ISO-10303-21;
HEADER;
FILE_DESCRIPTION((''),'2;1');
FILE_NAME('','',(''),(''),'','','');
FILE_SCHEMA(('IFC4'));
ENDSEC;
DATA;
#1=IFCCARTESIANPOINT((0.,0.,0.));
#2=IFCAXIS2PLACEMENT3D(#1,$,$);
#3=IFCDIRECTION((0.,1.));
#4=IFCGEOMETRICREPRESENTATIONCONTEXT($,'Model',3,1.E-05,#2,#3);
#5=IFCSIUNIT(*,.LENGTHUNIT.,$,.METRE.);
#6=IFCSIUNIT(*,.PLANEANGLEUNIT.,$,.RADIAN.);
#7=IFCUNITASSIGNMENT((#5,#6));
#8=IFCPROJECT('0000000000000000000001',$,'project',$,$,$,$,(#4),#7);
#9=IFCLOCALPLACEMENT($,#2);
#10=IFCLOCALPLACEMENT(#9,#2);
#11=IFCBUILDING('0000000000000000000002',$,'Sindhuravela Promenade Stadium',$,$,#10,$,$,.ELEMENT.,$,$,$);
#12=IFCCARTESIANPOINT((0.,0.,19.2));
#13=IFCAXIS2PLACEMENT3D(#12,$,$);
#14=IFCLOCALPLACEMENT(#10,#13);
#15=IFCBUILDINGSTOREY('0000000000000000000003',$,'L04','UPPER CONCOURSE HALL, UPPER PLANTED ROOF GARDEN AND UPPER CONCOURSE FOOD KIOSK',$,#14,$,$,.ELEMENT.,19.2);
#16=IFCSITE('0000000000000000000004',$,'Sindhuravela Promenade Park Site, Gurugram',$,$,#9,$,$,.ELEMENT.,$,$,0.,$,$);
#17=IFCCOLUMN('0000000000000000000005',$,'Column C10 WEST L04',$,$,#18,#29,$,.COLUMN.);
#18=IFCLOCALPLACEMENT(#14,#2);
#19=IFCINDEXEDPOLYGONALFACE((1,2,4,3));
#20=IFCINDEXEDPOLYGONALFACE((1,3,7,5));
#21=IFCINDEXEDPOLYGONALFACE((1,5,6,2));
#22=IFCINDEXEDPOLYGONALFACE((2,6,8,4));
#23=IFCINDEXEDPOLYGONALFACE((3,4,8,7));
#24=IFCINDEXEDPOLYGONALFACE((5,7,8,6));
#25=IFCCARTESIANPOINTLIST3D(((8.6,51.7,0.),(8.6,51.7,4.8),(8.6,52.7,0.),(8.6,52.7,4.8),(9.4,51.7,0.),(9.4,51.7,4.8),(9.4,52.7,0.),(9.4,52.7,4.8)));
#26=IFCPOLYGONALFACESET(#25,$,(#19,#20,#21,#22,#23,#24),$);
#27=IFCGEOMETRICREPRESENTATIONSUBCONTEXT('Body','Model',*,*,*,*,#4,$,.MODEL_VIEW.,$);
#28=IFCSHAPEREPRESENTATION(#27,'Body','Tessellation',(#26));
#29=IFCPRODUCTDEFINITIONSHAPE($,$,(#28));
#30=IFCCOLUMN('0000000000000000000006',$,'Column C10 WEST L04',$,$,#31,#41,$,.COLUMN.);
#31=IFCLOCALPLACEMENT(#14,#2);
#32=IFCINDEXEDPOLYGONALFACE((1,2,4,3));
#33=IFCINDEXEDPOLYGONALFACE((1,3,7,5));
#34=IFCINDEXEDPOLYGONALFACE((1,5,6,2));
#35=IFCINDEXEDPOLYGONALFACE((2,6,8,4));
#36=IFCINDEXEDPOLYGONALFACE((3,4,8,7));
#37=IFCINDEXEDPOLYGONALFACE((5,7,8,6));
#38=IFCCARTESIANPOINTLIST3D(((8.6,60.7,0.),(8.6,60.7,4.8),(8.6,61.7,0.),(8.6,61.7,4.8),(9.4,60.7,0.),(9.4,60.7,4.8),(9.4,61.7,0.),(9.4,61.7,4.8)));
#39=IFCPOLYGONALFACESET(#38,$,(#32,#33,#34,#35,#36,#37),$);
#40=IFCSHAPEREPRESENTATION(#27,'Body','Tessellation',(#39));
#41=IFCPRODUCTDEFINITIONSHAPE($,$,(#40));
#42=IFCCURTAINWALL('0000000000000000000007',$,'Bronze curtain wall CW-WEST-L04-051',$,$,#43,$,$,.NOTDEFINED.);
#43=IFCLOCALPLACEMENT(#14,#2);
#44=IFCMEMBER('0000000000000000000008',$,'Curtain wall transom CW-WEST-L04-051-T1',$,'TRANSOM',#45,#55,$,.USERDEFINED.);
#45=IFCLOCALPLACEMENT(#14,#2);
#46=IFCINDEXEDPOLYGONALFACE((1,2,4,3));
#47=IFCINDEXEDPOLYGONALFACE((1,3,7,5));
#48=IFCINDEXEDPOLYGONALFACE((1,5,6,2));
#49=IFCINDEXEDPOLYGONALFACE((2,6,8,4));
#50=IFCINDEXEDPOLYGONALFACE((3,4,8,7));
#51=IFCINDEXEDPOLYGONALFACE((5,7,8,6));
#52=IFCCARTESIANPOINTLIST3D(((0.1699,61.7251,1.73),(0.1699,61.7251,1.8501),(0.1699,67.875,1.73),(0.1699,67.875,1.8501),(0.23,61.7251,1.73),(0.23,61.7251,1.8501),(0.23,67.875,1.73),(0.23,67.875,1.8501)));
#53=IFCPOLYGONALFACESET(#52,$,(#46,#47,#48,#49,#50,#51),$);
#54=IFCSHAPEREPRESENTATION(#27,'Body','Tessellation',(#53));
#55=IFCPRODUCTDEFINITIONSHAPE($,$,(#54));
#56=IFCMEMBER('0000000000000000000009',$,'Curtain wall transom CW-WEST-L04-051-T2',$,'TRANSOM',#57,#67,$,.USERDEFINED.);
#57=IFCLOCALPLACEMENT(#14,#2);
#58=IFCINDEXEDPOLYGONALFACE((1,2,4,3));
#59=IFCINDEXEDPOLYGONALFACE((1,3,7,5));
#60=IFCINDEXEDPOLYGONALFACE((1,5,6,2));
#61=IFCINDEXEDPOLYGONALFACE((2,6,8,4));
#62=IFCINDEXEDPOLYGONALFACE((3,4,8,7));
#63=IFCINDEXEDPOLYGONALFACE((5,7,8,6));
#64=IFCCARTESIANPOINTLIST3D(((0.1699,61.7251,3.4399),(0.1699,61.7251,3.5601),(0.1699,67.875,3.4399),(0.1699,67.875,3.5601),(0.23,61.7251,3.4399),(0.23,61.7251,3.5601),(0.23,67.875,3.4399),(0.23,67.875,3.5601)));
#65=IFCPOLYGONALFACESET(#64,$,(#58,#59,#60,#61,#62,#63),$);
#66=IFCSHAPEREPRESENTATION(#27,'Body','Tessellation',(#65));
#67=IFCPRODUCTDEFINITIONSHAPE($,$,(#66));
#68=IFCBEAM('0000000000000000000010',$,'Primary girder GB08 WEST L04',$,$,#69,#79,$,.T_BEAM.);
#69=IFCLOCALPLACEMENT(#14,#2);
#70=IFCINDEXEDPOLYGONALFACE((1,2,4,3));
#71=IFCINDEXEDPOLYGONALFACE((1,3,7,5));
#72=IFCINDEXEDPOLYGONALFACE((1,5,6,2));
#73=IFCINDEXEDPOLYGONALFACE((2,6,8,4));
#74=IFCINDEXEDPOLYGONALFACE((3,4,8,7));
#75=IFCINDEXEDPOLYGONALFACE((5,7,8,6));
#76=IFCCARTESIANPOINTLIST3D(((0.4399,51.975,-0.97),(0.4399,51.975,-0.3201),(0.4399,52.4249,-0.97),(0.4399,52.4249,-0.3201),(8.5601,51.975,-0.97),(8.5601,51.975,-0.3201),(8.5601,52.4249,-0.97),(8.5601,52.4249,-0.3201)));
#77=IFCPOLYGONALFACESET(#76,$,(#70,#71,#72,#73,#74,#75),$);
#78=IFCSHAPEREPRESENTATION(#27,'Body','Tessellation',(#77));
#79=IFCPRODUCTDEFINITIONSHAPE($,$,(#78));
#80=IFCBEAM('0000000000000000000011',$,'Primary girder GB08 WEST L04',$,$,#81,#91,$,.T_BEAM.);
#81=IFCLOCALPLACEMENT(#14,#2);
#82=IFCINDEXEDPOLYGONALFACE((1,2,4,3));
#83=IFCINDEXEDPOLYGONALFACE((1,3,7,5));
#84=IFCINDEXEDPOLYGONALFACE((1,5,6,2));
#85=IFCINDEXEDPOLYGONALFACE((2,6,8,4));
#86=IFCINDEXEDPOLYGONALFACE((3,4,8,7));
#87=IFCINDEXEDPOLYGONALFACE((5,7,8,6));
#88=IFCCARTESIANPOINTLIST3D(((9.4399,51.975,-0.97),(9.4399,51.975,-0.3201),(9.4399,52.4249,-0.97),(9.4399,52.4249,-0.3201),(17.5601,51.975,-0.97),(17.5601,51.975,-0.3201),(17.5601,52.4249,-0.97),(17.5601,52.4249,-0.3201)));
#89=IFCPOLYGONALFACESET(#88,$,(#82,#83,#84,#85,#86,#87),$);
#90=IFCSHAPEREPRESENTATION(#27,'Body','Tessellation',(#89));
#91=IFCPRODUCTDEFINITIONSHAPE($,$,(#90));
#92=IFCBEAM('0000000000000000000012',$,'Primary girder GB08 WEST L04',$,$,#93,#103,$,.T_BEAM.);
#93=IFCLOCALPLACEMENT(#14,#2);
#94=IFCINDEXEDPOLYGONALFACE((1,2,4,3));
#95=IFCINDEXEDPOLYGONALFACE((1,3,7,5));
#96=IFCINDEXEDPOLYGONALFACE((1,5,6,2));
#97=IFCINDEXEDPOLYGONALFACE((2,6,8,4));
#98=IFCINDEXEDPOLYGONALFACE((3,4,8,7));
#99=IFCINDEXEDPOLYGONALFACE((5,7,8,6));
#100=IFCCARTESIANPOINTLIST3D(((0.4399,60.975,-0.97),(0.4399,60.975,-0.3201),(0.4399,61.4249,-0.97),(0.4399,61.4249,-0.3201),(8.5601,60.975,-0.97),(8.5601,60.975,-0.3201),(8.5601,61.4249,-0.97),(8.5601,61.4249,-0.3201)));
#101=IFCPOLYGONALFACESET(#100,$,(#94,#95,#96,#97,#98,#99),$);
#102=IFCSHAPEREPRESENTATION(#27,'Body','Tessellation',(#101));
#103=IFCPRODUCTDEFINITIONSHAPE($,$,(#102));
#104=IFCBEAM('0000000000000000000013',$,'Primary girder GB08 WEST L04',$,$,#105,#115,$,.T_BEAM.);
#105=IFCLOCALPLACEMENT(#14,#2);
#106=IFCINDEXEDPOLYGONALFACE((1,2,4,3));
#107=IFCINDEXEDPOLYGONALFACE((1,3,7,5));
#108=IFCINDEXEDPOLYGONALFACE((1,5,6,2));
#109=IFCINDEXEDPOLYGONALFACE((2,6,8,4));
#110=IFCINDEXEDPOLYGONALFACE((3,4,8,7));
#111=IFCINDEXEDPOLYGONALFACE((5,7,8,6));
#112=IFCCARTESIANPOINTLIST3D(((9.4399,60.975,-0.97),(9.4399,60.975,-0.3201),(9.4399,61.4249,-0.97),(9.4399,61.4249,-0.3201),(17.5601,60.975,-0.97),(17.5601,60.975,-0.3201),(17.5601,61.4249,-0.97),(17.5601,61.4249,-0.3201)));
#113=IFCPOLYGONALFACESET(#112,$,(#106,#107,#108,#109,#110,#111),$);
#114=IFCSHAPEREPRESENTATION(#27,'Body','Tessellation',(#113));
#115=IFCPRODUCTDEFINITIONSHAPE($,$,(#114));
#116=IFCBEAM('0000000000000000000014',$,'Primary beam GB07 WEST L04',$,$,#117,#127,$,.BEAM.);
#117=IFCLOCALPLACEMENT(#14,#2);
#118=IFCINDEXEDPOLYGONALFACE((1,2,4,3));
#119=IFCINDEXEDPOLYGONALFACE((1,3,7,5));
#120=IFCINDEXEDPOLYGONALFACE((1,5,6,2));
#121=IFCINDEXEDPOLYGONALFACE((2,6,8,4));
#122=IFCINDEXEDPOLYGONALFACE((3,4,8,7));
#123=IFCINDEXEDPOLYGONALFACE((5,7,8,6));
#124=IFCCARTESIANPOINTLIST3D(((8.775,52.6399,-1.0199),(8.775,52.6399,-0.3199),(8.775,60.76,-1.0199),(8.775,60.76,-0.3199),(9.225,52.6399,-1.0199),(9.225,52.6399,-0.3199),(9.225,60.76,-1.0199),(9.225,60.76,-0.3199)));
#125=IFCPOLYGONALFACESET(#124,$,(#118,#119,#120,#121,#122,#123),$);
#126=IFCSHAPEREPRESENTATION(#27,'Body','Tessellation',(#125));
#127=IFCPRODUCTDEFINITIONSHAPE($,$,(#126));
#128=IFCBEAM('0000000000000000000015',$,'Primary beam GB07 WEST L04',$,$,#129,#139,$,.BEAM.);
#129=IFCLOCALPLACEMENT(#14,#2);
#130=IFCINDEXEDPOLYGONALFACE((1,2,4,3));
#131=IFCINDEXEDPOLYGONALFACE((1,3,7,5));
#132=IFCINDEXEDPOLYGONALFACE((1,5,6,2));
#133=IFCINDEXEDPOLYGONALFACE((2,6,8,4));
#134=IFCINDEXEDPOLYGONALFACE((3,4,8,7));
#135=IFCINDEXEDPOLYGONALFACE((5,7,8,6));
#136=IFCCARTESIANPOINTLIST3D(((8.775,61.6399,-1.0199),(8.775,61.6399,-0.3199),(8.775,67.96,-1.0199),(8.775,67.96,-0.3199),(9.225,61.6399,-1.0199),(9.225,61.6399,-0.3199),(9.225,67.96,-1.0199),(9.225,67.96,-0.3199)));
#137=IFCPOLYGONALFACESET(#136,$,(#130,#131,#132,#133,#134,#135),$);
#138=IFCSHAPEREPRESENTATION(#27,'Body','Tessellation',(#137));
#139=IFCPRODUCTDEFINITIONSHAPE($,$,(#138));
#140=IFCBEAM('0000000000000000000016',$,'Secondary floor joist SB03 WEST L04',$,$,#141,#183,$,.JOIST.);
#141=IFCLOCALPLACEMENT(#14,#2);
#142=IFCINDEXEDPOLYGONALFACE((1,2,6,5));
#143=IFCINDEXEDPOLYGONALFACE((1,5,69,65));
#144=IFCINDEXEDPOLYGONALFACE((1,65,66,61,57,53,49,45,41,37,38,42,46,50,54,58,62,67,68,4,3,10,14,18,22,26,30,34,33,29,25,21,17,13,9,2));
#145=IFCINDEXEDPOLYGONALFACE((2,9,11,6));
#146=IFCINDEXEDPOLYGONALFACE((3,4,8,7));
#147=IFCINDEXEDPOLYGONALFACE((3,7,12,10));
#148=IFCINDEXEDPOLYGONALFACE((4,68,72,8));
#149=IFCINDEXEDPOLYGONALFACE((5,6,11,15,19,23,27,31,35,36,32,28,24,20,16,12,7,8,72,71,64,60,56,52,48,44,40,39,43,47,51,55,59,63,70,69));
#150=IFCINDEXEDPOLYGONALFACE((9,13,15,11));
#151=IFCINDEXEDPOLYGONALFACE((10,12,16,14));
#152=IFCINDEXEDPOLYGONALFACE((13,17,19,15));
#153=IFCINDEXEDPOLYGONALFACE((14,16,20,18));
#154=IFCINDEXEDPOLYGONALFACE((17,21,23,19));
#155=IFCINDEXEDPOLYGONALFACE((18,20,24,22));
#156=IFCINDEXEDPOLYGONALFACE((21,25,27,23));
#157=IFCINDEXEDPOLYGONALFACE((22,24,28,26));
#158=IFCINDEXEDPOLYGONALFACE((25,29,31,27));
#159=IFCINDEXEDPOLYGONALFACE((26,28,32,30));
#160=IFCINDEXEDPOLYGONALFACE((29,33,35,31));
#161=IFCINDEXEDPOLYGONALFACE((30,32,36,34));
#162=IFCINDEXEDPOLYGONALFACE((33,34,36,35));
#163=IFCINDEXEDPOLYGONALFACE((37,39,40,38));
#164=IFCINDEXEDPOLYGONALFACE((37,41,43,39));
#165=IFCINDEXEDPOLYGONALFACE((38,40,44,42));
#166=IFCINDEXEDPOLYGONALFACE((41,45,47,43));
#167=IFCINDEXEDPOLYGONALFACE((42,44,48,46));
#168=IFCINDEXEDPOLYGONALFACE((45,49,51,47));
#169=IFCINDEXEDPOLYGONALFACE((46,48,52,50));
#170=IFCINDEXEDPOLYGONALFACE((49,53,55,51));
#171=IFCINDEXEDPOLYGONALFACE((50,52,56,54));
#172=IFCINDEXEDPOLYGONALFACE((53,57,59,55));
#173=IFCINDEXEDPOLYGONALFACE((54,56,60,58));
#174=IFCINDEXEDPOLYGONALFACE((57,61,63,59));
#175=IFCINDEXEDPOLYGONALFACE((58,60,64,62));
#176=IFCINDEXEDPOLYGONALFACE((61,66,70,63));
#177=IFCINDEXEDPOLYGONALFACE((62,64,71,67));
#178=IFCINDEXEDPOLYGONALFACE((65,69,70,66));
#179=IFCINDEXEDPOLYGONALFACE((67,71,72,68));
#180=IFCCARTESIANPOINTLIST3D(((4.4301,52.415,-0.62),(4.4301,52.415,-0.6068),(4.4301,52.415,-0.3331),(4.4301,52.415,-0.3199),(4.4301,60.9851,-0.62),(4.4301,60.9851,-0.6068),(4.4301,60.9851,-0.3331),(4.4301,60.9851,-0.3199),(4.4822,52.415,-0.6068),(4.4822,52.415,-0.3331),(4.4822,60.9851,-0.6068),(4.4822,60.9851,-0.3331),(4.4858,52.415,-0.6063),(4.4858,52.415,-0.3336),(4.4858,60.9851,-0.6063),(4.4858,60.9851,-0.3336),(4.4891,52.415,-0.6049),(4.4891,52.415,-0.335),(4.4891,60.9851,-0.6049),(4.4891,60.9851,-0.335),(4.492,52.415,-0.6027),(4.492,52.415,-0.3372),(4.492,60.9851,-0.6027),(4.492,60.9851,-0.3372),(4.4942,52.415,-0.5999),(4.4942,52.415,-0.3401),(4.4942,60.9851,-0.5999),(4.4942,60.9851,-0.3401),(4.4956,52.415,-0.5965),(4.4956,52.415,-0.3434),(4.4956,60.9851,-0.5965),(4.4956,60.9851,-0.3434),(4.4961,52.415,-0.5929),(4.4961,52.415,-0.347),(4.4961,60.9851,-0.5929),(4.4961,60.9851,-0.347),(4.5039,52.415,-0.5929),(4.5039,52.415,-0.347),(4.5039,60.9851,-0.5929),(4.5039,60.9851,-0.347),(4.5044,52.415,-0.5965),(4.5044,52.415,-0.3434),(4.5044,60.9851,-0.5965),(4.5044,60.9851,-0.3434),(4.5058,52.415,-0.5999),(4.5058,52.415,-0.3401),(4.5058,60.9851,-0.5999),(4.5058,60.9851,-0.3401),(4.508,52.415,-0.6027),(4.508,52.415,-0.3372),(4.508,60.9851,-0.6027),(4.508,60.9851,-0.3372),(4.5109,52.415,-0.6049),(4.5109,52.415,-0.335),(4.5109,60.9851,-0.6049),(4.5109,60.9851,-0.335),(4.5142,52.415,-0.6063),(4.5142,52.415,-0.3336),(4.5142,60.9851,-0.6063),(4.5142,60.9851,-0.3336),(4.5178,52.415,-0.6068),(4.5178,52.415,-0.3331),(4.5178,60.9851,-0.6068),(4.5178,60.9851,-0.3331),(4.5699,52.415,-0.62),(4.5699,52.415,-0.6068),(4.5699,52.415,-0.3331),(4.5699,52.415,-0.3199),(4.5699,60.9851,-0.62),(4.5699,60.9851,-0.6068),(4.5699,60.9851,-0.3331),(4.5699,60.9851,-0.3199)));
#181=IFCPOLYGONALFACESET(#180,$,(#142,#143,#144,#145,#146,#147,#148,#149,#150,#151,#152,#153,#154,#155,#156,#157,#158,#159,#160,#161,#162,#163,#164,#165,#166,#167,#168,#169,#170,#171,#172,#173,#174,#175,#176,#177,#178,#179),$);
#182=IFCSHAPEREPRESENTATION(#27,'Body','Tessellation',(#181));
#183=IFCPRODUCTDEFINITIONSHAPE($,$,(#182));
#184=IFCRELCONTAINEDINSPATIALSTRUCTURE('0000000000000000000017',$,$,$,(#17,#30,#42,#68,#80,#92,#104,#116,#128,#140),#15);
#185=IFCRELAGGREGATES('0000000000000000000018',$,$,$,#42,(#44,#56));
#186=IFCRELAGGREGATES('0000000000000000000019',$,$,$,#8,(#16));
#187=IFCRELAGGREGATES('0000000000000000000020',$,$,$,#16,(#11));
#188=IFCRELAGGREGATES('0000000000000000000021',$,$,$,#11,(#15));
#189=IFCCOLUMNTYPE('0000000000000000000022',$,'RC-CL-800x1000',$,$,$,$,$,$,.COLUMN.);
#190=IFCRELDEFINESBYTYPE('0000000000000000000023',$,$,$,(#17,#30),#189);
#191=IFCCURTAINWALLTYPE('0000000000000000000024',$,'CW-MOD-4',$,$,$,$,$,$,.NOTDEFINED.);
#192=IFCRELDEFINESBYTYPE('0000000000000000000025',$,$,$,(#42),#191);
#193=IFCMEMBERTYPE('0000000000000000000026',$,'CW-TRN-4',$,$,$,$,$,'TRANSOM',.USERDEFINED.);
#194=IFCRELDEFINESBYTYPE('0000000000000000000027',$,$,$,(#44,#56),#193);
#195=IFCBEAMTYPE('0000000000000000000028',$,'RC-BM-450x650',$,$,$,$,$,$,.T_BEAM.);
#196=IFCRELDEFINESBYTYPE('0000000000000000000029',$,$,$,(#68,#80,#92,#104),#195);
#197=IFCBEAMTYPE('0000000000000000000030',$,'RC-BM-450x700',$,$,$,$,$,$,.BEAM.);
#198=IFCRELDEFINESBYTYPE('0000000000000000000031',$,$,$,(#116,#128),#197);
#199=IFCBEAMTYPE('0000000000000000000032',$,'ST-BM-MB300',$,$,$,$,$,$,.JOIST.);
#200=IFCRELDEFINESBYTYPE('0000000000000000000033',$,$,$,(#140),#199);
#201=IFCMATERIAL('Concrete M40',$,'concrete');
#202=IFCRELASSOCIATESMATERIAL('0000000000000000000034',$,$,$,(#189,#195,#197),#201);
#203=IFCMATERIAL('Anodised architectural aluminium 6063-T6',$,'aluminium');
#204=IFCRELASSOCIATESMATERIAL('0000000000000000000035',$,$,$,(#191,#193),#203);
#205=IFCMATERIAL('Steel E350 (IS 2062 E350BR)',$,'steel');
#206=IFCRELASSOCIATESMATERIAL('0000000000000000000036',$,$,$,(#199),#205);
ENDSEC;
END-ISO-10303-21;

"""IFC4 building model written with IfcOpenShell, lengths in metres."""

from ifc_helpers import new_model, si_unit, direction, frame, origin, origin_2d, place, context, subcontext, project, spatial, rectangle, i_section, extrude, material, material_profile, profile_set, type_object, element, aggregate, save


model = new_model("IFC4")

# Units and contexts
model_context = context("Model", 3, precision=1e-05, world=origin(), true_north=direction((0.0, 1.0)))
body_context = subcontext(model_context, "Body", "Model", "MODEL_VIEW")
ifc_project = project(units=[si_unit("LENGTHUNIT", "METRE"), si_unit("PLANEANGLEUNIT", "RADIAN")], contexts=[model_context])

# Site, building, storey
site_placement = place(None, origin())
site = spatial("IfcSite", under=ifc_project, at=site_placement, Name="Sindhuravela Promenade Park Site, Gurugram", CompositionType="ELEMENT", RefElevation=0.0)
building_placement = place(site_placement, origin())
building = spatial("IfcBuilding", under=site, at=building_placement, Name="Sindhuravela Promenade Stadium", CompositionType="ELEMENT")
storey_placement = place(building_placement, frame((0.0, 0.0, 19.2)))
storey = spatial("IfcBuildingStorey", under=building, at=storey_placement, Name="L04", Description="UPPER CONCOURSE HALL, UPPER PLANTED ROOF GARDEN AND UPPER CONCOURSE FOOD KIOSK", CompositionType="ELEMENT", Elevation=19.2)

# Columns
ifc_material_1 = material(Name="Concrete M40", Category="concrete")
ifc_material_profile_1 = material_profile(ifc_material_1, rectangle(XDim=0.8, YDim=1.0, at=origin_2d()), Name="RC 800x1000")
ifc_profile_set_1 = profile_set([ifc_material_profile_1], Name="Concrete M40")
column_type = type_object("IfcColumnType", Name="RC-CL-800x1000", PredefinedType="COLUMN", material=ifc_profile_set_1)
for number, where, z_axis, x_axis, name in (
    (1, (9.0, 52.2, 0.0), (0.0, 0.0, 1.0), (1.0, 0.0, 0.0), "Column C10 WEST L04"),
    (2, (9.0, 61.2, 0.0), (0.0, 0.0, 1.0), (1.0, 0.0, 0.0), "Column C10 WEST L04"),
):
    element("IfcColumn", number, at=place(storey_placement, frame(where, z_axis=z_axis, x_axis=x_axis)), inside=storey, type_object=column_type, Name=name, PredefinedType="COLUMN", context=body_context, shape_type="SweptSolid", body=[
        extrude(rectangle(XDim=0.8, YDim=1.0, at=origin_2d()), origin(), (0.0, 0.0, 1.0), 4.8),
    ])

# Curtain wall, members
ifc_material_2 = material(Name="Anodised architectural aluminium 6063-T6", Category="aluminium")
curtain_wall_type = type_object("IfcCurtainWallType", Name="CW-MOD-4", PredefinedType="NOTDEFINED", material=ifc_material_2)
curtain_wall_placement = place(storey_placement, origin())
curtain_wall = element("IfcCurtainWall", 3, at=curtain_wall_placement, inside=storey, type_object=curtain_wall_type, Name="Bronze curtain wall CW-WEST-L04-051", PredefinedType="NOTDEFINED")
ifc_material_profile_2 = material_profile(ifc_material_2, rectangle(XDim=0.0601, YDim=0.1201, at=origin_2d()), Name="ALU T60x120")
ifc_profile_set_2 = profile_set([ifc_material_profile_2], Name="Anodised architectural aluminium 6063-T6")
member_type = type_object("IfcMemberType", Name="CW-TRN-4", ElementType="TRANSOM", PredefinedType="USERDEFINED", material=ifc_profile_set_2)
member_1_placement = place(storey_placement, frame((0.2, 61.7251, 1.79), z_axis=(0.0, 1.0, 0.0), x_axis=(-1.0, 0.0, 0.0)))
member_1 = element("IfcMember", 4, at=member_1_placement, type_object=member_type, Name="Curtain wall transom CW-WEST-L04-051-T1", ObjectType="TRANSOM", PredefinedType="USERDEFINED", context=body_context, shape_type="SweptSolid", body=[
    extrude(rectangle(XDim=0.0601, YDim=0.1201, at=origin_2d()), origin(), (0.0, 0.0, 1.0), 6.1499),
])
member_2_placement = place(storey_placement, frame((0.2, 61.7251, 3.5), z_axis=(0.0, 1.0, 0.0), x_axis=(-1.0, 0.0, 0.0)))
member_2 = element("IfcMember", 5, at=member_2_placement, type_object=member_type, Name="Curtain wall transom CW-WEST-L04-051-T2", ObjectType="TRANSOM", PredefinedType="USERDEFINED", context=body_context, shape_type="SweptSolid", body=[
    extrude(rectangle(XDim=0.0601, YDim=0.1201, at=origin_2d()), origin(), (0.0, 0.0, 1.0), 6.1499),
])
aggregate(curtain_wall, [member_1, member_2])

# Beams
ifc_material_profile_3 = material_profile(ifc_material_1, rectangle(XDim=0.45, YDim=0.6499, at=origin_2d()), Name="RC 450x650")
ifc_profile_set_3 = profile_set([ifc_material_profile_3], Name="Concrete M40")
beam_type_1 = type_object("IfcBeamType", Name="RC-BM-450x650", PredefinedType="T_BEAM", material=ifc_profile_set_3)
for number, where, z_axis, x_axis, name in (
    (6, (0.4399, 52.2, -0.645), (1.0, 0.0, 0.0), (0.0, 1.0, 0.0), "Primary girder GB08 WEST L04"),
    (7, (9.4399, 52.2, -0.645), (1.0, 0.0, 0.0), (0.0, 1.0, 0.0), "Primary girder GB08 WEST L04"),
    (8, (0.4399, 61.2, -0.645), (1.0, 0.0, 0.0), (0.0, 1.0, 0.0), "Primary girder GB08 WEST L04"),
    (9, (9.4399, 61.2, -0.645), (1.0, 0.0, 0.0), (0.0, 1.0, 0.0), "Primary girder GB08 WEST L04"),
):
    element("IfcBeam", number, at=place(storey_placement, frame(where, z_axis=z_axis, x_axis=x_axis)), inside=storey, type_object=beam_type_1, Name=name, PredefinedType="T_BEAM", context=body_context, shape_type="SweptSolid", body=[
        extrude(rectangle(XDim=0.45, YDim=0.6499, at=origin_2d()), origin(), (0.0, 0.0, 1.0), 8.1201),
    ])
ifc_material_profile_4 = material_profile(ifc_material_1, rectangle(XDim=0.45, YDim=0.7, at=origin_2d()), Name="RC 450x700")
ifc_profile_set_4 = profile_set([ifc_material_profile_4], Name="Concrete M40")
beam_type_2 = type_object("IfcBeamType", Name="RC-BM-450x700", PredefinedType="BEAM", material=ifc_profile_set_4)
beam_1_placement = place(storey_placement, frame((9.0, 52.6399, -0.6699), z_axis=(0.0, 1.0, 0.0), x_axis=(-1.0, 0.0, 0.0)))
element("IfcBeam", 10, at=beam_1_placement, inside=storey, type_object=beam_type_2, Name="Primary beam GB07 WEST L04", PredefinedType="BEAM", context=body_context, shape_type="SweptSolid", body=[
    extrude(rectangle(XDim=0.45, YDim=0.7, at=origin_2d()), origin(), (0.0, 0.0, 1.0), 8.1201),
])
beam_2_placement = place(storey_placement, frame((9.0, 61.6399, -0.6699), z_axis=(0.0, 1.0, 0.0), x_axis=(-1.0, 0.0, 0.0)))
element("IfcBeam", 11, at=beam_2_placement, inside=storey, type_object=beam_type_2, Name="Primary beam GB07 WEST L04", PredefinedType="BEAM", context=body_context, shape_type="SweptSolid", body=[
    extrude(rectangle(XDim=0.45, YDim=0.7, at=origin_2d()), origin(), (0.0, 0.0, 1.0), 6.3201),
])
ifc_material_3 = material(Name="Steel E350 (IS 2062 E350BR)", Category="steel")
ifc_material_profile_5 = material_profile(ifc_material_3, i_section(OverallWidth=0.1399, OverallDepth=0.3, WebThickness=0.0078, FlangeThickness=0.0132, FilletRadius=0.0139, at=origin_2d()), Name="ISMB 300")
ifc_profile_set_5 = profile_set([ifc_material_profile_5], Name="Steel E350 (IS 2062 E350BR)")
beam_type_3 = type_object("IfcBeamType", Name="ST-BM-MB300", PredefinedType="JOIST", material=ifc_profile_set_5)
beam_3_placement = place(storey_placement, frame((4.5, 52.415, -0.47), z_axis=(0.0, 1.0, 0.0), x_axis=(-1.0, 0.0, 0.0)))
element("IfcBeam", 12, at=beam_3_placement, inside=storey, type_object=beam_type_3, Name="Secondary floor joist SB03 WEST L04", PredefinedType="JOIST", context=body_context, shape_type="SweptSolid", body=[
    extrude(i_section(OverallWidth=0.1399, OverallDepth=0.3, WebThickness=0.0078, FlangeThickness=0.0132, FilletRadius=0.0139, at=origin_2d()), origin(), (0.0, 0.0, 1.0), 8.5701),
])

save(model, "model.ifc")
